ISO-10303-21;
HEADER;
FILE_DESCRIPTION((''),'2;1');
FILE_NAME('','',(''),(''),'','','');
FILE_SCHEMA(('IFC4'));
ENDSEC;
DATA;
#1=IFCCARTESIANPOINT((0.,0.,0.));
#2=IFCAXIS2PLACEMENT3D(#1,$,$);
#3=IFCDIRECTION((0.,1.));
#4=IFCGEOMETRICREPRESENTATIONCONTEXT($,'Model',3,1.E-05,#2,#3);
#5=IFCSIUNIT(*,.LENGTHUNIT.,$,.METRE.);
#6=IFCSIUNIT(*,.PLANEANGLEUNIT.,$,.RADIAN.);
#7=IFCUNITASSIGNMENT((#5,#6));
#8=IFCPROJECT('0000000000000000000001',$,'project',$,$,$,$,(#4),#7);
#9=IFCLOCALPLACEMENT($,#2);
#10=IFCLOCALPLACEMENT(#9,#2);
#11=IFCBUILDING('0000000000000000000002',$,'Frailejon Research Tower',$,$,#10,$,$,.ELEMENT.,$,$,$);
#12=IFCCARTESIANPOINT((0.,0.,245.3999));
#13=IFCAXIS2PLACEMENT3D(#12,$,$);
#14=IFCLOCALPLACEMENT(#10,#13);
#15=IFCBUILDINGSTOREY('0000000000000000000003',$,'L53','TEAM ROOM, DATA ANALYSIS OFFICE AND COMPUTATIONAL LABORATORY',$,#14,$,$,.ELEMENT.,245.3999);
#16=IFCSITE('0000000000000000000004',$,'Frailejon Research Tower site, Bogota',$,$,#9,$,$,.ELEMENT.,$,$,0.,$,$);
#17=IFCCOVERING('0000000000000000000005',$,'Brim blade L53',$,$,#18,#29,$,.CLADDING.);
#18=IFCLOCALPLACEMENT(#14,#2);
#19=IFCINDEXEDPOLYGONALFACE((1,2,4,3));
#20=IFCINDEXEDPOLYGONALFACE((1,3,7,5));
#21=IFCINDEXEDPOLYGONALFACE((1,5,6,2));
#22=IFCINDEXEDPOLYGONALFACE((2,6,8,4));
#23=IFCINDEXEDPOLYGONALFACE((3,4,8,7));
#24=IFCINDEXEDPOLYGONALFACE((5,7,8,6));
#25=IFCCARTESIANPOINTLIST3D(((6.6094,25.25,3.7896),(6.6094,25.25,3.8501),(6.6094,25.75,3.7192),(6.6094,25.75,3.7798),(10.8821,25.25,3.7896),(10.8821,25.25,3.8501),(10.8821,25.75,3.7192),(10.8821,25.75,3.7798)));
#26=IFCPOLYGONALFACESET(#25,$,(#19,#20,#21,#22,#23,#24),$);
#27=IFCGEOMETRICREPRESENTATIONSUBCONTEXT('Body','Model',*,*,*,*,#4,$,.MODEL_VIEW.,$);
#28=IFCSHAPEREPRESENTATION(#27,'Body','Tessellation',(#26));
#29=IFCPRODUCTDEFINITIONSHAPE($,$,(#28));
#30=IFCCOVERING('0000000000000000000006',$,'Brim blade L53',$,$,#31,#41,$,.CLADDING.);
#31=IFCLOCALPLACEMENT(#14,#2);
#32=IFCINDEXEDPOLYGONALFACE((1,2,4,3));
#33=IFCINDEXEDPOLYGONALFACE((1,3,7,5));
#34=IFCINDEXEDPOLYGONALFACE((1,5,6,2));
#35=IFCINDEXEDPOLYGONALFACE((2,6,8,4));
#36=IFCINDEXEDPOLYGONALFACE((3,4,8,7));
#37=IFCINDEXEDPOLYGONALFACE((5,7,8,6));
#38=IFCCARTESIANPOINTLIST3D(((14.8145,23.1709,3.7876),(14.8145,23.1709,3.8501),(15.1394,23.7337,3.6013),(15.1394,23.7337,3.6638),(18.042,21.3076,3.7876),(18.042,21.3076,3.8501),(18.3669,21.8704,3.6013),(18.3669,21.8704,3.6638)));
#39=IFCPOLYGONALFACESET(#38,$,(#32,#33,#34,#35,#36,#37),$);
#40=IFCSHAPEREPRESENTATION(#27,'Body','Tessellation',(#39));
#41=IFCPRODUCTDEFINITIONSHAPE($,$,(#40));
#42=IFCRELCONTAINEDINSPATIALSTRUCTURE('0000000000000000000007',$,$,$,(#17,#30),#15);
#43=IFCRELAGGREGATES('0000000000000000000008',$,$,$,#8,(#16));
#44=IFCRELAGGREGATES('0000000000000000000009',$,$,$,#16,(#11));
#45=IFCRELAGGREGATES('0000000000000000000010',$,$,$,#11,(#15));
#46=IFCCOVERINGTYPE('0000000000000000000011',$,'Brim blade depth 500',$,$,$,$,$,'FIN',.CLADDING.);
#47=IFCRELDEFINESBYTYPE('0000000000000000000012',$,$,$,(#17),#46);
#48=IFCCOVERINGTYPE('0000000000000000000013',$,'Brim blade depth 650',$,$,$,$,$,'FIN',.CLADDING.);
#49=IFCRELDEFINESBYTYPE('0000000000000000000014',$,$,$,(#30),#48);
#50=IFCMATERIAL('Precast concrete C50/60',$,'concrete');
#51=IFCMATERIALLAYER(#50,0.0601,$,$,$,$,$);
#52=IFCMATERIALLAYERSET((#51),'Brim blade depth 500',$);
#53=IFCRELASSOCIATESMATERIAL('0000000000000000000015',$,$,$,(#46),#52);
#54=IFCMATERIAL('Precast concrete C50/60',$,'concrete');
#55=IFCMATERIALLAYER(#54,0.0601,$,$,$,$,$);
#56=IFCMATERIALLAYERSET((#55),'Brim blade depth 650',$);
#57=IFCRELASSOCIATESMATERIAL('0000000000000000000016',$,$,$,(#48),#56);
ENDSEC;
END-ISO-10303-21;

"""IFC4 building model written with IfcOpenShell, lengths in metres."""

from ifc_helpers import new_model, si_unit, direction, frame, origin, place, context, subcontext, project, spatial, polyline, outline, extrude, material, layer, layer_set, type_object, element, save


model = new_model("IFC4")

# Units and contexts
model_context = context("Model", 3, precision=1e-05, world=origin(), true_north=direction((0.0, 1.0)))
body_context = subcontext(model_context, "Body", "Model", "MODEL_VIEW")
ifc_project = project(units=[si_unit("LENGTHUNIT", "METRE"), si_unit("PLANEANGLEUNIT", "RADIAN")], contexts=[model_context])

# Site, building, storey
site_placement = place(None, origin())
site = spatial("IfcSite", under=ifc_project, at=site_placement, Name="Frailejon Research Tower site, Bogota", CompositionType="ELEMENT", RefElevation=0.0)
building_placement = place(site_placement, origin())
building = spatial("IfcBuilding", under=site, at=building_placement, Name="Frailejon Research Tower", CompositionType="ELEMENT")
storey_placement = place(building_placement, frame((0.0, 0.0, 245.3999)))
storey = spatial("IfcBuildingStorey", under=building, at=storey_placement, Name="L53", Description="TEAM ROOM, DATA ANALYSIS OFFICE AND COMPUTATIONAL LABORATORY", CompositionType="ELEMENT", Elevation=245.3999)

# Coverings
ifc_material_1 = material(Name="Precast concrete C50/60", Category="concrete")
ifc_layer_1 = layer(ifc_material_1, 0.0601)
ifc_layer_set_1 = layer_set([ifc_layer_1], Name="Brim blade depth 500")
covering_type_1 = type_object("IfcCoveringType", Name="Brim blade depth 500", ElementType="FIN", PredefinedType="CLADDING", material=ifc_layer_set_1)
covering_1_placement = place(storey_placement, frame((6.6094, 25.25, 3.8501), z_axis=(1.0, 0.0, 0.0), x_axis=(0.0, 1.0, 0.0)))
element("IfcCovering", 1, at=covering_1_placement, inside=storey, type_object=covering_type_1, Name="Brim blade L53", PredefinedType="CLADDING", context=body_context, shape_type="SweptSolid", body=[
    extrude(outline(polyline([(0.0, -0.0605), (0.5, -0.1309), (0.5, -0.0703), (0.0, 0.0), (0.0, -0.0605)])), origin(), (0.0, 0.0, 1.0), 4.2727),
])
ifc_material_2 = material(Name="Precast concrete C50/60", Category="concrete")
ifc_layer_2 = layer(ifc_material_2, 0.0601)
ifc_layer_set_2 = layer_set([ifc_layer_2], Name="Brim blade depth 650")
covering_type_2 = type_object("IfcCoveringType", Name="Brim blade depth 650", ElementType="FIN", PredefinedType="CLADDING", material=ifc_layer_set_2)
covering_2_placement = place(storey_placement, frame((14.8145, 23.1709, 3.8501), z_axis=(0.866036, -0.499981, 0.0), x_axis=(0.499981, 0.866036, 0.0)))
element("IfcCovering", 2, at=covering_2_placement, inside=storey, type_object=covering_type_2, Name="Brim blade L53", PredefinedType="CLADDING", context=body_context, shape_type="SweptSolid", body=[
    extrude(outline(polyline([(0.0, -0.0625), (0.6499, -0.2488), (0.6499, -0.1863), (0.0, 0.0), (0.0, -0.0625)])), origin(), (0.0, 0.0, 1.0), 3.7268),
])

save(model, "model.ifc")
